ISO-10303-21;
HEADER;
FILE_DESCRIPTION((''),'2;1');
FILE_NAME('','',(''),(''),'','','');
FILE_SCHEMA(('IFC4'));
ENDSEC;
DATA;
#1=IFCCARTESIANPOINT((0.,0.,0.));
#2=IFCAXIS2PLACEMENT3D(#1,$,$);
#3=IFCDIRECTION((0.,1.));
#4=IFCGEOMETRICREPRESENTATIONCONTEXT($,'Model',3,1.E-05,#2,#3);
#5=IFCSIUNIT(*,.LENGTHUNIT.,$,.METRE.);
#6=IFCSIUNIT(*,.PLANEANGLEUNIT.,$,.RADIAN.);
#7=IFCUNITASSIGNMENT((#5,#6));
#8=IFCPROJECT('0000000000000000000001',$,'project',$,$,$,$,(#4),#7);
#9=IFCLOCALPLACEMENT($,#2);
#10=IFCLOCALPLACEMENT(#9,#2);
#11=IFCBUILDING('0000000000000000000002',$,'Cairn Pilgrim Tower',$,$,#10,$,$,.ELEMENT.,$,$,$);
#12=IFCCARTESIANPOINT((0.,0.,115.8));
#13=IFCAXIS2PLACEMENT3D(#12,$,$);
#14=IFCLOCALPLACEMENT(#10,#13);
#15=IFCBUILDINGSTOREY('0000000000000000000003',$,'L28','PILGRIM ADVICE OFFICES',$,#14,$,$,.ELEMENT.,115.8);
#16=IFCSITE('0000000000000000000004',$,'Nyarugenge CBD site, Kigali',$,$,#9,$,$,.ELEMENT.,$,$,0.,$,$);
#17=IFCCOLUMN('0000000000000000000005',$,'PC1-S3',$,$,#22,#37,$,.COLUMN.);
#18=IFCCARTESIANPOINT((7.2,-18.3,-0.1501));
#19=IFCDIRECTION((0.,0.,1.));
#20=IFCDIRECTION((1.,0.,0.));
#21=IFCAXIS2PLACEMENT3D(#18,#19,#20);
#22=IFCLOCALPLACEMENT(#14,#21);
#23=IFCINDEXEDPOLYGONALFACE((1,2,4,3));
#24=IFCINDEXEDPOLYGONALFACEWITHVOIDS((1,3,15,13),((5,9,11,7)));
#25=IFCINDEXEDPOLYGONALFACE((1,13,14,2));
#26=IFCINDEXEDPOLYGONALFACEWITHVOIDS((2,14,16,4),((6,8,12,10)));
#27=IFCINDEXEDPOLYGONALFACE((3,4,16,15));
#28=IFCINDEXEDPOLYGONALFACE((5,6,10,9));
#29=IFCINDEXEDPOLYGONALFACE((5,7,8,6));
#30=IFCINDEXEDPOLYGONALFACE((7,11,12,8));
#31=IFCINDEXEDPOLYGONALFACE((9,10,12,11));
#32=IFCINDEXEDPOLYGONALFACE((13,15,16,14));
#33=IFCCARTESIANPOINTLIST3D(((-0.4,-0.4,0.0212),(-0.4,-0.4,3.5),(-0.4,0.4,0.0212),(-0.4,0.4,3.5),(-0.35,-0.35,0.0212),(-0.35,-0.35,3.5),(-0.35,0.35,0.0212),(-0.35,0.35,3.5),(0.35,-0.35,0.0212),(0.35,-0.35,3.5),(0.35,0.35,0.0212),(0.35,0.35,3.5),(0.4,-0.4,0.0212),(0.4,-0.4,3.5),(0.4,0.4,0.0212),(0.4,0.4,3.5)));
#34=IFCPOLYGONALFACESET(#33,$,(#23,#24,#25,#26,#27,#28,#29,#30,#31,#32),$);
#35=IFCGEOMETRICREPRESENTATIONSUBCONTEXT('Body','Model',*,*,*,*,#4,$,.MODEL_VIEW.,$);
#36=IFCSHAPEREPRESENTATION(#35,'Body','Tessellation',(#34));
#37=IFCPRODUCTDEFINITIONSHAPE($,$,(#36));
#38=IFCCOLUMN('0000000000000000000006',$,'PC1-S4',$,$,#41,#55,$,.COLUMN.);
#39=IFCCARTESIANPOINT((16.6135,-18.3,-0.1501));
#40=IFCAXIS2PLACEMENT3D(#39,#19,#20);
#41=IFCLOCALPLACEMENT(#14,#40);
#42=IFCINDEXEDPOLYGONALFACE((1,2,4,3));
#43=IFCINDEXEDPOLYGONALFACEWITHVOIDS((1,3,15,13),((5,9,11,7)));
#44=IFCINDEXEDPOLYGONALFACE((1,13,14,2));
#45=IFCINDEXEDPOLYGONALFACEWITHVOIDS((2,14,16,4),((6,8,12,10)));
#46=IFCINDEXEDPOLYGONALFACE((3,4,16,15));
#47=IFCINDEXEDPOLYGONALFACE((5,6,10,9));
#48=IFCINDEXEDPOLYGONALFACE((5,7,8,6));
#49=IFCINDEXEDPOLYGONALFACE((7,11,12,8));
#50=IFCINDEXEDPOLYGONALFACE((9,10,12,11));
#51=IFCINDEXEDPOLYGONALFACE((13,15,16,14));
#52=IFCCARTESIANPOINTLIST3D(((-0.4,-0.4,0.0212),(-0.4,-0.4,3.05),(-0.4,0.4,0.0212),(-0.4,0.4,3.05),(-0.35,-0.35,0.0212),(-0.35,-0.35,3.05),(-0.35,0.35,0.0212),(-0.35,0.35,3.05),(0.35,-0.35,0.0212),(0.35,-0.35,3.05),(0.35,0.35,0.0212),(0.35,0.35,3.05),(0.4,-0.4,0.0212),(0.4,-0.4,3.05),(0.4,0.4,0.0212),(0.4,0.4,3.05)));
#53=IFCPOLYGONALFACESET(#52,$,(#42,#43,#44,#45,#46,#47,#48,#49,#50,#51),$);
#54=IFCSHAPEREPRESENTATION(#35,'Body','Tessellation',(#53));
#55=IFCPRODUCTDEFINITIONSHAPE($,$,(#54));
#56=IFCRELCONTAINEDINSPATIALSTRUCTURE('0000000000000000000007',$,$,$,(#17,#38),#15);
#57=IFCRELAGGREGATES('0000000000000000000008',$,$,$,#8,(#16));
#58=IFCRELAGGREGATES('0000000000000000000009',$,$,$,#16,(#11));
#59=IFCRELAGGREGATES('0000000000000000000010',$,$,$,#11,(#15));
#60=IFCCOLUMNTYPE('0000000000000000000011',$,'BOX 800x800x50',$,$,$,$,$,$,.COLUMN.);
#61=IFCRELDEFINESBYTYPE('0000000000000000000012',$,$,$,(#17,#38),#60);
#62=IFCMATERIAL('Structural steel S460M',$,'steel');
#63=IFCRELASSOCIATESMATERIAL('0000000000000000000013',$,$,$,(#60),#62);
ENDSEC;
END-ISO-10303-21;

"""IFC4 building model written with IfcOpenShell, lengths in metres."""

from ifc_helpers import new_model, si_unit, direction, frame, origin, origin_2d, place, context, subcontext, project, spatial, hollow_rectangle, extrude, clip, halfspace, material, material_profile, profile_set, type_object, element, save


model = new_model("IFC4")

# Units and contexts
model_context = context("Model", 3, precision=1e-05, world=origin(), true_north=direction((0.0, 1.0)))
body_context = subcontext(model_context, "Body", "Model", "MODEL_VIEW")
ifc_project = project(units=[si_unit("LENGTHUNIT", "METRE"), si_unit("PLANEANGLEUNIT", "RADIAN")], contexts=[model_context])

# Site, building, storey
site_placement = place(None, origin())
site = spatial("IfcSite", under=ifc_project, at=site_placement, Name="Nyarugenge CBD site, Kigali", CompositionType="ELEMENT", RefElevation=0.0)
building_placement = place(site_placement, origin())
building = spatial("IfcBuilding", under=site, at=building_placement, Name="Cairn Pilgrim Tower", CompositionType="ELEMENT")
storey_placement = place(building_placement, frame((0.0, 0.0, 115.8)))
storey = spatial("IfcBuildingStorey", under=building, at=storey_placement, Name="L28", Description="PILGRIM ADVICE OFFICES", CompositionType="ELEMENT", Elevation=115.8)

# Columns
ifc_material_1 = material(Name="Structural steel S460M", Category="steel")
ifc_material_profile_1 = material_profile(ifc_material_1, hollow_rectangle(XDim=0.8, YDim=0.8, WallThickness=0.05, at=origin_2d()), Name="BOX 800x800x50")
ifc_profile_set_1 = profile_set([ifc_material_profile_1], Name="Structural steel S460M")
column_type_1 = type_object("IfcColumnType", Name="BOX 800x800x50", PredefinedType="COLUMN", material=ifc_profile_set_1)
column_1_placement = place(storey_placement, frame((7.2, -18.3, -0.1501), z_axis=(0.0, 0.0, 1.0), x_axis=(1.0, 0.0, 0.0)))
element("IfcColumn", 1, at=column_1_placement, inside=storey, type_object=column_type_1, Name="PC1-S3", PredefinedType="COLUMN", context=body_context, shape_type="Clipping", body=[
    clip(extrude(hollow_rectangle(XDim=0.8, YDim=0.8, WallThickness=0.05, at=origin_2d()), origin(), (0.0, 0.0, 1.0), 3.5), halfspace(frame((0.0, 0.0, 0.0212), z_axis=(0.0, 0.0, 1.0), x_axis=(1.0, 0.0, 0.0)), True)),
])
column_2_placement = place(storey_placement, frame((16.6135, -18.3, -0.1501), z_axis=(0.0, 0.0, 1.0), x_axis=(1.0, 0.0, 0.0)))
element("IfcColumn", 2, at=column_2_placement, inside=storey, type_object=column_type_1, Name="PC1-S4", PredefinedType="COLUMN", context=body_context, shape_type="Clipping", body=[
    clip(clip(extrude(hollow_rectangle(XDim=0.8, YDim=0.8, WallThickness=0.05, at=origin_2d()), origin(), (0.0, 0.0, 1.0), 3.5), halfspace(frame((0.0, 0.0, 0.0212), z_axis=(0.0, 0.0, 1.0), x_axis=(1.0, 0.0, 0.0)), True)), halfspace(frame((0.0, 0.0, 3.05), z_axis=(0.0, 0.0, 1.0), x_axis=(1.0, 0.0, 0.0)), False)),
])

save(model, "model.ifc")
